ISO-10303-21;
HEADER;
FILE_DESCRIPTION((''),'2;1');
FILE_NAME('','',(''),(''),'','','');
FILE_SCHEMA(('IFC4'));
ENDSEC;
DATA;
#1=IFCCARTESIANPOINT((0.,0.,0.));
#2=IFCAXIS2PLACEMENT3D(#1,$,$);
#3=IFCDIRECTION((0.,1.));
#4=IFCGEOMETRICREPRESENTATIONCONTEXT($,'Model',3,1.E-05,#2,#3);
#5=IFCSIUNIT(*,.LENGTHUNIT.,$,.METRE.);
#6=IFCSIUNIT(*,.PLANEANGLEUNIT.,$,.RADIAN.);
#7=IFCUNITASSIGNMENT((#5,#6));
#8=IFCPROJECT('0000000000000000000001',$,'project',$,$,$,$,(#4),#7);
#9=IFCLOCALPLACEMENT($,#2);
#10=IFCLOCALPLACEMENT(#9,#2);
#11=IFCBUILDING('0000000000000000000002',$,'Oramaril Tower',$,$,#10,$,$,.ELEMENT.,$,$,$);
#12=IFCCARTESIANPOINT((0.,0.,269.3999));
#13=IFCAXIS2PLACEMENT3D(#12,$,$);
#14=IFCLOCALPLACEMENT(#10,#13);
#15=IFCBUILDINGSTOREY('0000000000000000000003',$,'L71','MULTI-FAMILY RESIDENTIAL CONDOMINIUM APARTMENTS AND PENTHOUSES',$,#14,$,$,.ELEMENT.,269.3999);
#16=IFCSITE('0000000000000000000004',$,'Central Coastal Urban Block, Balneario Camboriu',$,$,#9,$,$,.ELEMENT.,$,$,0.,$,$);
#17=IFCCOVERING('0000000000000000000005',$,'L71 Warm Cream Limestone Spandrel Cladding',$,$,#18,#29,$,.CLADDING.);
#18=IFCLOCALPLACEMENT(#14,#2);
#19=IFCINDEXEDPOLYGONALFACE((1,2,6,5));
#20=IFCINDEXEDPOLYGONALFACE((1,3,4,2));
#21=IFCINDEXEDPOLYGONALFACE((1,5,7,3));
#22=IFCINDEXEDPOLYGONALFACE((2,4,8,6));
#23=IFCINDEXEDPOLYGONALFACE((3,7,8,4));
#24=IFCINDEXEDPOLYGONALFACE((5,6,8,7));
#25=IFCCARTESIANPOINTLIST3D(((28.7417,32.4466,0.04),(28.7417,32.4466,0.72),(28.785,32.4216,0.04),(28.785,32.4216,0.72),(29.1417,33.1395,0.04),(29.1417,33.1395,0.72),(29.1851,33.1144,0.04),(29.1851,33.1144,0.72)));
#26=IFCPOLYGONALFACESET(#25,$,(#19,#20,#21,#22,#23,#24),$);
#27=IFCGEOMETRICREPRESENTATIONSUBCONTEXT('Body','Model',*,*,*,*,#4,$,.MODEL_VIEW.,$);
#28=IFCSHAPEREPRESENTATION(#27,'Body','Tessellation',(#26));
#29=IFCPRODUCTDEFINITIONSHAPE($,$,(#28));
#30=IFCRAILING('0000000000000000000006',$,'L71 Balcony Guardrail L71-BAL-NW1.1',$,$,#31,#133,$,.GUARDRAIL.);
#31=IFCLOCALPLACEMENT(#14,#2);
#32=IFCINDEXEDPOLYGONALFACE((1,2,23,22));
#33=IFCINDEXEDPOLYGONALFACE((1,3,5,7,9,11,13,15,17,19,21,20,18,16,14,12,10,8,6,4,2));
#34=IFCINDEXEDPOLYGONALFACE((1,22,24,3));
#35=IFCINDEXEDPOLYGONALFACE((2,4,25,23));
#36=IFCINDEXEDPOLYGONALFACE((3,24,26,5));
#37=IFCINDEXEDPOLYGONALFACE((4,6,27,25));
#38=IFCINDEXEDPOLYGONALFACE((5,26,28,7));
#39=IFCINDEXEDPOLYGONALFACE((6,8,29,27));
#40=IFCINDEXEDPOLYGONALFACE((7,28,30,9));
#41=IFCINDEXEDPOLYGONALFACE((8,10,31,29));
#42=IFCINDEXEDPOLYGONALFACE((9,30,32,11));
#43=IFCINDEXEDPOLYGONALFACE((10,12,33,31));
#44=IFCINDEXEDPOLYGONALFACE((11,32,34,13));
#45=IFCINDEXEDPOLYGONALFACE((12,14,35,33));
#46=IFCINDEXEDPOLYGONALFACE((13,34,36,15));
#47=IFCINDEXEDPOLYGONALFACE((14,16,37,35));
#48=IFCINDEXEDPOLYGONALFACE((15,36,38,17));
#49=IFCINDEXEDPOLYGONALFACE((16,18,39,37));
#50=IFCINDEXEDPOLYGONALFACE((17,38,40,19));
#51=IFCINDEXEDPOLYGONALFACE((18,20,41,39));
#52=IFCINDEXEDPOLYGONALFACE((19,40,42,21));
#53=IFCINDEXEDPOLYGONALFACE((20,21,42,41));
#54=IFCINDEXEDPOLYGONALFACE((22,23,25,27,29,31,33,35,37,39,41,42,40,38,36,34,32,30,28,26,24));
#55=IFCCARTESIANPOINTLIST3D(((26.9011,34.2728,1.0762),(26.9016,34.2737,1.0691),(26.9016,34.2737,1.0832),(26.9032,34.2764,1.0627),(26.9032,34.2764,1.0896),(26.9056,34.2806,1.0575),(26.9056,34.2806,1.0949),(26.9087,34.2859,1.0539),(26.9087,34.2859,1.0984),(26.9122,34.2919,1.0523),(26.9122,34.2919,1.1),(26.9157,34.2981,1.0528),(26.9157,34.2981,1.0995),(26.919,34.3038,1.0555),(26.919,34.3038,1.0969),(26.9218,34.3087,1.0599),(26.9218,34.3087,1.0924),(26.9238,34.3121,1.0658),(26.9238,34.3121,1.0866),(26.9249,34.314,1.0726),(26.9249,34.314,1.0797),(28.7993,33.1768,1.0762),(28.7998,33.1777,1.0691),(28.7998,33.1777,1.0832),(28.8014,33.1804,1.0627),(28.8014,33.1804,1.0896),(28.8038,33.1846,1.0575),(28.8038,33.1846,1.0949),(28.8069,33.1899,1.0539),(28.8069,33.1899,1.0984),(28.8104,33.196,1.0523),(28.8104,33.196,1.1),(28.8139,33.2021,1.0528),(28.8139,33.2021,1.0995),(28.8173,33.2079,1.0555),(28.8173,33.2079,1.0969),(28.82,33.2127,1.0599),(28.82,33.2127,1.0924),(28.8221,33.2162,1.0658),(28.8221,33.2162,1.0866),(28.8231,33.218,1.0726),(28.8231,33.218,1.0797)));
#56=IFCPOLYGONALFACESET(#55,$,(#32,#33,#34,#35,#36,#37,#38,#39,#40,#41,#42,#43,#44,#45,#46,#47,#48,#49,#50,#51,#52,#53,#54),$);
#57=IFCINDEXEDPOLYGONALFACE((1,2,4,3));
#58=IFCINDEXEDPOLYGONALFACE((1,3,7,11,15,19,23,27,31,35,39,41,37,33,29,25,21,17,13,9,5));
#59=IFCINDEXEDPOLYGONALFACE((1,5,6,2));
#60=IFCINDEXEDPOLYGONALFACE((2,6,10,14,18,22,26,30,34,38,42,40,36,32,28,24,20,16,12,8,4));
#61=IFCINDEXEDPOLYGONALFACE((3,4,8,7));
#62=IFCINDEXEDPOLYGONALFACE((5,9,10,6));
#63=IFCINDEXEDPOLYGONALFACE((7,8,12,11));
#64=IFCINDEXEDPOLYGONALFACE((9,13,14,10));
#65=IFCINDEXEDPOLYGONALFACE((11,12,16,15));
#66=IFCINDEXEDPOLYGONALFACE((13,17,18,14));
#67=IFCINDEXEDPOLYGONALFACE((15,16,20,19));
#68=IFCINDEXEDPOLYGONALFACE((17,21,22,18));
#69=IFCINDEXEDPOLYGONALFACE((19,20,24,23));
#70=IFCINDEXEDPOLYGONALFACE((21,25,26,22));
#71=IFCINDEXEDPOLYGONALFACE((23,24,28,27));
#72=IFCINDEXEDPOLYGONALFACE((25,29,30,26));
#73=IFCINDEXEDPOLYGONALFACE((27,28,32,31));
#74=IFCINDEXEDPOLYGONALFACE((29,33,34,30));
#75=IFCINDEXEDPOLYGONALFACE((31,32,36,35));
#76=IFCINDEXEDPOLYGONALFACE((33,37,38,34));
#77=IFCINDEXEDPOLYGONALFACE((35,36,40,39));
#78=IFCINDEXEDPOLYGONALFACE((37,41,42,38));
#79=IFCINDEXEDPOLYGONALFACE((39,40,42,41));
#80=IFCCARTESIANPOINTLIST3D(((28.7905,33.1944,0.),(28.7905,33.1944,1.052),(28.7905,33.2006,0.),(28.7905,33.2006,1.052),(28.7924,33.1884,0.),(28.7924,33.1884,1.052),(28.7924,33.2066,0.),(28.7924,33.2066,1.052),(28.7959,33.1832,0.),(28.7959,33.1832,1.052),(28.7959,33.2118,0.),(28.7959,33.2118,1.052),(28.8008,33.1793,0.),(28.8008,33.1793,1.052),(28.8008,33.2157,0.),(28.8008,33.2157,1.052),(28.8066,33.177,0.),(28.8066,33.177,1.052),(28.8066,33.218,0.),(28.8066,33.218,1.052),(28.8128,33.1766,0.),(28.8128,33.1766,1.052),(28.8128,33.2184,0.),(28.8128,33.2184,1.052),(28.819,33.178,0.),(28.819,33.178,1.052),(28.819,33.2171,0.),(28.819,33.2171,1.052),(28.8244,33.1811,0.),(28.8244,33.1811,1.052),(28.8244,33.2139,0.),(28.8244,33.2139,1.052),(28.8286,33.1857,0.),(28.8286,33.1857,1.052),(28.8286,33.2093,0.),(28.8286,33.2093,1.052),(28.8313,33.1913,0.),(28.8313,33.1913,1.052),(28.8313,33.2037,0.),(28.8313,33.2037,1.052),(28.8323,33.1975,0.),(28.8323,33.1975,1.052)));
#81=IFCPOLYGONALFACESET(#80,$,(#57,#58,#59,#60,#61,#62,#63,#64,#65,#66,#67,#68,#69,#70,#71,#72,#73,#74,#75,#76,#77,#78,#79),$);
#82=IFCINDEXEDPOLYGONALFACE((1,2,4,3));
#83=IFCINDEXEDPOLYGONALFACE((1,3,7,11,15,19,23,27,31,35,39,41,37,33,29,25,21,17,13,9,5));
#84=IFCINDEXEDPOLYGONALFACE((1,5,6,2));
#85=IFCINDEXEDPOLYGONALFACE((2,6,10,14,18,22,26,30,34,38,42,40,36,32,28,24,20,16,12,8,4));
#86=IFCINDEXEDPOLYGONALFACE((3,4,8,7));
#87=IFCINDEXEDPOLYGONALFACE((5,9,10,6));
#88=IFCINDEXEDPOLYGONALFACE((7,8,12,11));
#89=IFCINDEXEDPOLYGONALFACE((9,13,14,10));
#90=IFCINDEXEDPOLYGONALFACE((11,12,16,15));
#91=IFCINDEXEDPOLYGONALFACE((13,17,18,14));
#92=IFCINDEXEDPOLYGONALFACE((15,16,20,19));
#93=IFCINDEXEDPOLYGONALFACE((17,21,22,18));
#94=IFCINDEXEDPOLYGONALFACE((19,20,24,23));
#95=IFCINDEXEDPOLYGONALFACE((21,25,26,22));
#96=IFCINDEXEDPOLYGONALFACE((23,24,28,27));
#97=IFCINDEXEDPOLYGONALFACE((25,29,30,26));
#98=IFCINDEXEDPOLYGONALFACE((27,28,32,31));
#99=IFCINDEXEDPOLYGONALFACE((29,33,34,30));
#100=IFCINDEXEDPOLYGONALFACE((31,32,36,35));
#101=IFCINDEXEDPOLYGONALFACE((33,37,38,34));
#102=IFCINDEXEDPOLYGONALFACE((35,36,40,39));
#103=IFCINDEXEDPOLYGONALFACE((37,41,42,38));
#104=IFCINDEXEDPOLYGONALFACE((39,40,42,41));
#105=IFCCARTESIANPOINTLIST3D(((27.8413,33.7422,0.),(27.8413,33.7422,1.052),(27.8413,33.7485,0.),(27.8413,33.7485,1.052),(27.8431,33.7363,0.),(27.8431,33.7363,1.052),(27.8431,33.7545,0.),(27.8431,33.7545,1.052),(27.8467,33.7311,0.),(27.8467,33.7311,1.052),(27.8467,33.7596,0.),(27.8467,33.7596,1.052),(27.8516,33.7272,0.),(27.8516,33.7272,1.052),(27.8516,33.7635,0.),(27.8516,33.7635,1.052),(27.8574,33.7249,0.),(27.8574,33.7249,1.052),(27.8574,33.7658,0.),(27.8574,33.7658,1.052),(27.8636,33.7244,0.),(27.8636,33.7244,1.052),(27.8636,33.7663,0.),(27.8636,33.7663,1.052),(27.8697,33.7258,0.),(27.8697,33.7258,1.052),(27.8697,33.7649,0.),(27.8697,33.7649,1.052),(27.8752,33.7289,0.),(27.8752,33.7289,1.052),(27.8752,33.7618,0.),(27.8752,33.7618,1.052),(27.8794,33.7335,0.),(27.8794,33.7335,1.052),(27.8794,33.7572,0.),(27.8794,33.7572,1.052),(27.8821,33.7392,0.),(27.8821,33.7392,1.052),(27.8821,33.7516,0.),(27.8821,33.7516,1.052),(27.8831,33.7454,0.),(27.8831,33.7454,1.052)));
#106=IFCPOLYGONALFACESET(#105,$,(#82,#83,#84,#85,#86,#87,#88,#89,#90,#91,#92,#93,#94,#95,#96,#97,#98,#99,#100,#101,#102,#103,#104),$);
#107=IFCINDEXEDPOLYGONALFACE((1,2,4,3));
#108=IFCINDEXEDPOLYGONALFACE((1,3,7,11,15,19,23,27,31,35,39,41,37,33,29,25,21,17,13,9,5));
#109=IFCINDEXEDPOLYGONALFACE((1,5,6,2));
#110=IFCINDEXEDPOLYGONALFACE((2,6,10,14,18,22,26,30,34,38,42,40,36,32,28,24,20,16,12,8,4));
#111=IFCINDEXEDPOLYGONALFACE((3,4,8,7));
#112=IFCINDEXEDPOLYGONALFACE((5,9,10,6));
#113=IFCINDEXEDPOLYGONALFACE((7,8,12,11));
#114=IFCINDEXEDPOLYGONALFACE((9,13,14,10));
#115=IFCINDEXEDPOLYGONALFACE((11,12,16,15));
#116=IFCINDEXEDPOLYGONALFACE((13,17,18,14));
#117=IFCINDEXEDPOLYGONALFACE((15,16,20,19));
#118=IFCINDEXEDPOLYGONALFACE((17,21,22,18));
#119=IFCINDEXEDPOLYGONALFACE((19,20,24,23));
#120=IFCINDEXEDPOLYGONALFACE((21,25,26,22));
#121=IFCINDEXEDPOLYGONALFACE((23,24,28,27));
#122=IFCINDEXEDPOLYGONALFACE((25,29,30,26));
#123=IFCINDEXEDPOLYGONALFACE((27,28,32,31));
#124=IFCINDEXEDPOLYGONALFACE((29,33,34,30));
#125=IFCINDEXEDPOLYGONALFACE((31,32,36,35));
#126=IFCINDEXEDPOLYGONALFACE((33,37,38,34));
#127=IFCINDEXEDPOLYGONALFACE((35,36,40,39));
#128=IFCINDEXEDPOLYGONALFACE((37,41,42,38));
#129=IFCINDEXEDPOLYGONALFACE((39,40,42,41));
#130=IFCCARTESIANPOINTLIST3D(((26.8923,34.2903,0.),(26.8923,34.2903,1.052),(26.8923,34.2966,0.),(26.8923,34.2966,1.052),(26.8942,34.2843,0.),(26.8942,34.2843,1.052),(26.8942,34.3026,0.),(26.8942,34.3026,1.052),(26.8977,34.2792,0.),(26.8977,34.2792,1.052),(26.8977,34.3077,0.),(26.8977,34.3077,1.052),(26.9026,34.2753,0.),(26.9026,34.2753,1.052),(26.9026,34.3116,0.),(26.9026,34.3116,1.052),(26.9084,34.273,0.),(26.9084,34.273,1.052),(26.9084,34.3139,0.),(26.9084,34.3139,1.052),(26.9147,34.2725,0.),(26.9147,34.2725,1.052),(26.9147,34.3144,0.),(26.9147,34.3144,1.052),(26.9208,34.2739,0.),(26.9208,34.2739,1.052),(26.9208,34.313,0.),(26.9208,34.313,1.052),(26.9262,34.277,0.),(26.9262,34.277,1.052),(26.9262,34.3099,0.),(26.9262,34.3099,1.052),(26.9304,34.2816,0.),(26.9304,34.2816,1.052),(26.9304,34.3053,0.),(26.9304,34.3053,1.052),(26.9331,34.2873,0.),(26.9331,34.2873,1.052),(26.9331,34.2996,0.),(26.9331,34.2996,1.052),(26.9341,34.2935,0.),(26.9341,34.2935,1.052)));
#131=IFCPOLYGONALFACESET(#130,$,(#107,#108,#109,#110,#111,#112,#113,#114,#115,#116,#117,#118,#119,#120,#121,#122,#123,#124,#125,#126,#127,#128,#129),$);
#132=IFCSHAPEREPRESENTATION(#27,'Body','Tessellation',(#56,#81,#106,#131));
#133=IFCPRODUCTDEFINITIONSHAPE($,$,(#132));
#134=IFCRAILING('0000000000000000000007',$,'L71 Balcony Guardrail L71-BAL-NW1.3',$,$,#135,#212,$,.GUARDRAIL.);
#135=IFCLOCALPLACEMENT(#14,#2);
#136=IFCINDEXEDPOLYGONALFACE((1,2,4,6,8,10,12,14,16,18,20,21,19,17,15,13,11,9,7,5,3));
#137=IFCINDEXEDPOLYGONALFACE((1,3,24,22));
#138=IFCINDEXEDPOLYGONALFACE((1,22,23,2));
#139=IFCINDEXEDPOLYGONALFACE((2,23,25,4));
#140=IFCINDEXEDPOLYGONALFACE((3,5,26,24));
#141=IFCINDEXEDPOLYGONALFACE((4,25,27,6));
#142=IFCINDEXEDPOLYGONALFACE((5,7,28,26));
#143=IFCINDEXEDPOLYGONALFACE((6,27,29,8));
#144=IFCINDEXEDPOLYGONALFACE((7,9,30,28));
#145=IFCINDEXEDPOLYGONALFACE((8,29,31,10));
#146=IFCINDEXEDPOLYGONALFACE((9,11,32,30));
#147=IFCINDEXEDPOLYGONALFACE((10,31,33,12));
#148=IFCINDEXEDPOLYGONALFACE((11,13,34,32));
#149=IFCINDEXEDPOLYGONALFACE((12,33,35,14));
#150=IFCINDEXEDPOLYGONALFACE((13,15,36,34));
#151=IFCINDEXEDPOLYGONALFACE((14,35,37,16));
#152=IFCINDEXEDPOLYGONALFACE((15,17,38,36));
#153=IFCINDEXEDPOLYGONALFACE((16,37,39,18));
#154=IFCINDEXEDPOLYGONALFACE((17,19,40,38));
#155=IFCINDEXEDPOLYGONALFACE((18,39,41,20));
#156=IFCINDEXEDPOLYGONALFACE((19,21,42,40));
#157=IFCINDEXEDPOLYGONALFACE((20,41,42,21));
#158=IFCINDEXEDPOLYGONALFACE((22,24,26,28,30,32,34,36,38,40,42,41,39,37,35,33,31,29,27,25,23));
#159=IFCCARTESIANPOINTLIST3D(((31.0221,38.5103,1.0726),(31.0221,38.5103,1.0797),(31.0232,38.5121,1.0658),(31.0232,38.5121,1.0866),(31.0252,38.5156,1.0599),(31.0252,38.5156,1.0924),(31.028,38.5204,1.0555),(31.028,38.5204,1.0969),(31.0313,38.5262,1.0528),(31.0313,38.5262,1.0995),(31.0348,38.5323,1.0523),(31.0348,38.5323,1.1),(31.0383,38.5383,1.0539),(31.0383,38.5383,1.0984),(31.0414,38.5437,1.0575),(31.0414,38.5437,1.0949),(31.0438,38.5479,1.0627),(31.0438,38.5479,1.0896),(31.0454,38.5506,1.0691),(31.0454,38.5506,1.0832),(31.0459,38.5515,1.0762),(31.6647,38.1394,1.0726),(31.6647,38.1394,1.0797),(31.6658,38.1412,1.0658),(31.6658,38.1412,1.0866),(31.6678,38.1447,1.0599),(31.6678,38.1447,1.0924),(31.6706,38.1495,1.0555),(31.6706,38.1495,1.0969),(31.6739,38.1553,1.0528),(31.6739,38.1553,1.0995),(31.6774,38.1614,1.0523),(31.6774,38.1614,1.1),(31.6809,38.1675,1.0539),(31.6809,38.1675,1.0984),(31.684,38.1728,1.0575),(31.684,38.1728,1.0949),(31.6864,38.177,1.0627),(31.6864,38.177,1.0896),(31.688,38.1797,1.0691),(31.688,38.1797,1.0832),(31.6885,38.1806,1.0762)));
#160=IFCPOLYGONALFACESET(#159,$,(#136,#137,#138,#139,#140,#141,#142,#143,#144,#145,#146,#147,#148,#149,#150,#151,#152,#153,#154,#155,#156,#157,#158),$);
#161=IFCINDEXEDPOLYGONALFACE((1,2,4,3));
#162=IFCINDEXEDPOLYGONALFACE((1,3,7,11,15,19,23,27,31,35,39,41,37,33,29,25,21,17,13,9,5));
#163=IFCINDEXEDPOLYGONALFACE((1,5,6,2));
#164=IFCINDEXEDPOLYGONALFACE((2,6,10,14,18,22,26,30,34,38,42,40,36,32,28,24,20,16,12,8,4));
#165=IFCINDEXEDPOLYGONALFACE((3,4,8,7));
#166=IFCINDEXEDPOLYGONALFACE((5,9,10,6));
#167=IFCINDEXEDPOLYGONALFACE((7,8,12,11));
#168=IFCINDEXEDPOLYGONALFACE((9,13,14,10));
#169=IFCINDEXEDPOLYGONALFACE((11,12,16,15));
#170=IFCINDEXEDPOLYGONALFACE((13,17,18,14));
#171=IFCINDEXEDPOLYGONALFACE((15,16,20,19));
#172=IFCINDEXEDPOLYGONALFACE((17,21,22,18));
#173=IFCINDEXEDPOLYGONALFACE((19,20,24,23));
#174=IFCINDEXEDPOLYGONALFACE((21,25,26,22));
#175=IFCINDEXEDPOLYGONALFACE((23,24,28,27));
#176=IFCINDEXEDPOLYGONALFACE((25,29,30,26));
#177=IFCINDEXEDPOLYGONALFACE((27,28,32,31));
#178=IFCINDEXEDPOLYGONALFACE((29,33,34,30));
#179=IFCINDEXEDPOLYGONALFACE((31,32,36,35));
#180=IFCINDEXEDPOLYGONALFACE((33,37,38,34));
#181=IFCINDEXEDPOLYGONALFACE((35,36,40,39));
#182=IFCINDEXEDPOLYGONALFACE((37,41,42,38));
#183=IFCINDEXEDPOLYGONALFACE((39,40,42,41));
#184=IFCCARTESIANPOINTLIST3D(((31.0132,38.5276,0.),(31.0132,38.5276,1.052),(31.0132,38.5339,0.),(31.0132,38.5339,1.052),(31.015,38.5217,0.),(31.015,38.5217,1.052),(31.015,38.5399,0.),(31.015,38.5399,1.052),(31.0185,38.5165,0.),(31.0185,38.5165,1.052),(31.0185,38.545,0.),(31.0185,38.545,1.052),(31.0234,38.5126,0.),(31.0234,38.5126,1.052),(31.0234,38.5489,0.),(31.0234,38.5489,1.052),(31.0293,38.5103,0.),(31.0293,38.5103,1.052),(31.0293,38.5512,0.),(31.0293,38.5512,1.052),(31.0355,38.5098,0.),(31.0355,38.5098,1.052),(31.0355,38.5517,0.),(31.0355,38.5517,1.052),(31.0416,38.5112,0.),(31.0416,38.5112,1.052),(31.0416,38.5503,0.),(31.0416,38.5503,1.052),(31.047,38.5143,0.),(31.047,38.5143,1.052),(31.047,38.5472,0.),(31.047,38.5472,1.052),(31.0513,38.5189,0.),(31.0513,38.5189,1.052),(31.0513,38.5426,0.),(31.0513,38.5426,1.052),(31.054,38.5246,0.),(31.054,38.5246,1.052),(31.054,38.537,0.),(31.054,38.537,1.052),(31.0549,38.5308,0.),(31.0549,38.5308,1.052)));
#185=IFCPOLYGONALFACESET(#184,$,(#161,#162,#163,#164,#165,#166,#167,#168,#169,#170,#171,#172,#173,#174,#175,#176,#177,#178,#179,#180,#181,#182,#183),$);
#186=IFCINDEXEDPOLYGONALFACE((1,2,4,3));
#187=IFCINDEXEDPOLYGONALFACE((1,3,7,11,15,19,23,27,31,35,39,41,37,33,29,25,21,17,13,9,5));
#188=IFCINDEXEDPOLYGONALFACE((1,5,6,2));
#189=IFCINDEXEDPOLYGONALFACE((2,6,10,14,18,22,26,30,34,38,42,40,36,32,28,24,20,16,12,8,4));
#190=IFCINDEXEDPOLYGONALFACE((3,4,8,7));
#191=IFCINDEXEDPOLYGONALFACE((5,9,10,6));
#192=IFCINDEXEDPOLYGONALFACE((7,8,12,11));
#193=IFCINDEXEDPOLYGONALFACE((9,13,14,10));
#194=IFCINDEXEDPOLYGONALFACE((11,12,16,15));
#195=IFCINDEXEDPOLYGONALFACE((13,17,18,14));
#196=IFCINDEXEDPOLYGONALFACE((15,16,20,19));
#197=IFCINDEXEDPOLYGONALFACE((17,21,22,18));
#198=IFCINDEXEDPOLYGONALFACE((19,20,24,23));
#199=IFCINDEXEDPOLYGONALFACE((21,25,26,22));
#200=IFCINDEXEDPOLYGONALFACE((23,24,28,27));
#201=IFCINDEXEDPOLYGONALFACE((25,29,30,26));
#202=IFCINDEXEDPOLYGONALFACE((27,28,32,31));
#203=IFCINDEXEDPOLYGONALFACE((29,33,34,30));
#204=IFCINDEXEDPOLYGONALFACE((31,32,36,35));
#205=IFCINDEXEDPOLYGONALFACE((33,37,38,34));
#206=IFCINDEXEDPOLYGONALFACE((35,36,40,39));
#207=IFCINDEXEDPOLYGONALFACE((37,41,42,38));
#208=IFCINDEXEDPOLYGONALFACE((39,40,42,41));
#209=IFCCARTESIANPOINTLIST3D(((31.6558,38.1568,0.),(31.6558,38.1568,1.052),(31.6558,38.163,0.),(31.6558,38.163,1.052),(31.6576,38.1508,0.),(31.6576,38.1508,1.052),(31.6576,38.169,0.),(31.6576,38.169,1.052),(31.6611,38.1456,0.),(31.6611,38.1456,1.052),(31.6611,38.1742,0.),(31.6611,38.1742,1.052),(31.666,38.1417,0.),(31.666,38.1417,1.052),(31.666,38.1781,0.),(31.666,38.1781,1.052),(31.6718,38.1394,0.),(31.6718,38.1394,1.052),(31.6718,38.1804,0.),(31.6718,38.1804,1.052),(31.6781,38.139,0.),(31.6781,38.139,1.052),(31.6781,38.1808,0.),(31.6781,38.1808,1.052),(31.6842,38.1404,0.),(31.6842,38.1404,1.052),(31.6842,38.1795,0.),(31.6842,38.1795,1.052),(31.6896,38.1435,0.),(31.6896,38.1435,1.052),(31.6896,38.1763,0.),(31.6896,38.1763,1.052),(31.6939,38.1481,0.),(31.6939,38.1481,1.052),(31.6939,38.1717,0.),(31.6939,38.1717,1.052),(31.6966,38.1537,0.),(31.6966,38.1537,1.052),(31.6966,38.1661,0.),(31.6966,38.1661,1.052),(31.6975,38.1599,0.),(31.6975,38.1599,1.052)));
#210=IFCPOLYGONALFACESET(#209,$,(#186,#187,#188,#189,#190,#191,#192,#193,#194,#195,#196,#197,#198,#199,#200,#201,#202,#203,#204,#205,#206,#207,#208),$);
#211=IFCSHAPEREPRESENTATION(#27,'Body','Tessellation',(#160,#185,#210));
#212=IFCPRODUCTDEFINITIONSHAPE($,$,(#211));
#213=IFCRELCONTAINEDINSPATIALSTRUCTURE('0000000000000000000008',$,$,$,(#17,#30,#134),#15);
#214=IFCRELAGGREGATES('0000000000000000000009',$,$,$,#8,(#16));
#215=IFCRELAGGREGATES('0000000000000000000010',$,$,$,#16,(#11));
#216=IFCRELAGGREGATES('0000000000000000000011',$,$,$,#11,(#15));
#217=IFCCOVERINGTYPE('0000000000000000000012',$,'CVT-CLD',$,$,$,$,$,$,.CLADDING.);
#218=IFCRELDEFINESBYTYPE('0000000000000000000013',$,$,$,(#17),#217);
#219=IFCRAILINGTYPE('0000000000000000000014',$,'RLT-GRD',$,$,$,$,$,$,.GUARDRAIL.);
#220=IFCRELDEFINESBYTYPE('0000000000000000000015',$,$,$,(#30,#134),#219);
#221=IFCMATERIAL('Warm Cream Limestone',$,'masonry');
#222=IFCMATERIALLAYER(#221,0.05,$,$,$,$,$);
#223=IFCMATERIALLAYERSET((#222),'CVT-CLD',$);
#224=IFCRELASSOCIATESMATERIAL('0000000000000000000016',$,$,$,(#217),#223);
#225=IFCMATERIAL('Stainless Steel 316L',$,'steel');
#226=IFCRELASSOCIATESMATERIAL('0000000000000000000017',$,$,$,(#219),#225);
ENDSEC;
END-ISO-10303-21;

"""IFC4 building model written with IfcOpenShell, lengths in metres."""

from ifc_helpers import new_model, si_unit, direction, frame, origin, origin_2d, place, context, subcontext, project, spatial, rectangle, circle, extrude, material, layer, layer_set, type_object, element, save


model = new_model("IFC4")

# Units and contexts
model_context = context("Model", 3, precision=1e-05, world=origin(), true_north=direction((0.0, 1.0)))
body_context = subcontext(model_context, "Body", "Model", "MODEL_VIEW")
ifc_project = project(units=[si_unit("LENGTHUNIT", "METRE"), si_unit("PLANEANGLEUNIT", "RADIAN")], contexts=[model_context])

# Site, building, storey
site_placement = place(None, origin())
site = spatial("IfcSite", under=ifc_project, at=site_placement, Name="Central Coastal Urban Block, Balneario Camboriu", CompositionType="ELEMENT", RefElevation=0.0)
building_placement = place(site_placement, origin())
building = spatial("IfcBuilding", under=site, at=building_placement, Name="Oramaril Tower", CompositionType="ELEMENT")
storey_placement = place(building_placement, frame((0.0, 0.0, 269.3999)))
storey = spatial("IfcBuildingStorey", under=building, at=storey_placement, Name="L71", Description="MULTI-FAMILY RESIDENTIAL CONDOMINIUM APARTMENTS AND PENTHOUSES", CompositionType="ELEMENT", Elevation=269.3999)

# Covering
ifc_material_1 = material(Name="Warm Cream Limestone", Category="masonry")
ifc_layer_1 = layer(ifc_material_1, 0.05)
ifc_layer_set_1 = layer_set([ifc_layer_1], Name="CVT-CLD")
covering_type = type_object("IfcCoveringType", Name="CVT-CLD", PredefinedType="CLADDING", material=ifc_layer_set_1)
covering_placement = place(storey_placement, frame((28.9634, 32.7805, 0.04), z_axis=(0.0, 0.0, 1.0), x_axis=(-0.5, -0.866025, 0.0)))
element("IfcCovering", 1, at=covering_placement, inside=storey, type_object=covering_type, Name="L71 Warm Cream Limestone Spandrel Cladding", PredefinedType="CLADDING", context=body_context, shape_type="SweptSolid", body=[
    extrude(rectangle(XDim=0.8, YDim=0.05, at=origin_2d()), origin(), (0.0, 0.0, 1.0), 0.6799),
])

# Railings
ifc_material_2 = material(Name="Stainless Steel 316L", Category="steel")
railing_type = type_object("IfcRailingType", Name="RLT-GRD", PredefinedType="GUARDRAIL", material=ifc_material_2)
railing_1_placement = place(storey_placement, frame((28.8113, 33.1975, 0.0)))
element("IfcRailing", 2, at=railing_1_placement, inside=storey, type_object=railing_type, Name="L71 Balcony Guardrail L71-BAL-NW1.1", PredefinedType="GUARDRAIL", context=body_context, shape_type="SweptSolid", body=[
    extrude(circle(Radius=0.0239, at=origin_2d()), frame((0.0, 0.0, 1.0762), z_axis=(-0.866021, 0.500008, 0.0), x_axis=(-0.500008, -0.866021, 0.0)), (0.0, 0.0, 1.0), 2.1919),
    extrude(circle(Radius=0.021, at=origin_2d()), origin(), (0.0, 0.0, 1.0), 1.052),
    extrude(circle(Radius=0.021, at=origin_2d()), frame((-0.9492, 0.5479, 0.0)), (0.0, 0.0, 1.0), 1.052),
    extrude(circle(Radius=0.021, at=origin_2d()), frame((-1.8982, 1.0959, 0.0)), (0.0, 0.0, 1.0), 1.052),
])
railing_2_placement = place(storey_placement, frame((31.0339, 38.5308, 0.0)))
element("IfcRailing", 3, at=railing_2_placement, inside=storey, type_object=railing_type, Name="L71 Balcony Guardrail L71-BAL-NW1.3", PredefinedType="GUARDRAIL", context=body_context, shape_type="SweptSolid", body=[
    extrude(circle(Radius=0.0239, at=origin_2d()), frame((0.0, 0.0, 1.0762), z_axis=(0.866109, -0.499855, 0.0), x_axis=(0.499855, 0.866109, 0.0)), (0.0, 0.0, 1.0), 0.7419),
    extrude(circle(Radius=0.021, at=origin_2d()), origin(), (0.0, 0.0, 1.0), 1.052),
    extrude(circle(Radius=0.021, at=origin_2d()), frame((0.6426, -0.3708, 0.0)), (0.0, 0.0, 1.0), 1.052),
])

save(model, "model.ifc")
